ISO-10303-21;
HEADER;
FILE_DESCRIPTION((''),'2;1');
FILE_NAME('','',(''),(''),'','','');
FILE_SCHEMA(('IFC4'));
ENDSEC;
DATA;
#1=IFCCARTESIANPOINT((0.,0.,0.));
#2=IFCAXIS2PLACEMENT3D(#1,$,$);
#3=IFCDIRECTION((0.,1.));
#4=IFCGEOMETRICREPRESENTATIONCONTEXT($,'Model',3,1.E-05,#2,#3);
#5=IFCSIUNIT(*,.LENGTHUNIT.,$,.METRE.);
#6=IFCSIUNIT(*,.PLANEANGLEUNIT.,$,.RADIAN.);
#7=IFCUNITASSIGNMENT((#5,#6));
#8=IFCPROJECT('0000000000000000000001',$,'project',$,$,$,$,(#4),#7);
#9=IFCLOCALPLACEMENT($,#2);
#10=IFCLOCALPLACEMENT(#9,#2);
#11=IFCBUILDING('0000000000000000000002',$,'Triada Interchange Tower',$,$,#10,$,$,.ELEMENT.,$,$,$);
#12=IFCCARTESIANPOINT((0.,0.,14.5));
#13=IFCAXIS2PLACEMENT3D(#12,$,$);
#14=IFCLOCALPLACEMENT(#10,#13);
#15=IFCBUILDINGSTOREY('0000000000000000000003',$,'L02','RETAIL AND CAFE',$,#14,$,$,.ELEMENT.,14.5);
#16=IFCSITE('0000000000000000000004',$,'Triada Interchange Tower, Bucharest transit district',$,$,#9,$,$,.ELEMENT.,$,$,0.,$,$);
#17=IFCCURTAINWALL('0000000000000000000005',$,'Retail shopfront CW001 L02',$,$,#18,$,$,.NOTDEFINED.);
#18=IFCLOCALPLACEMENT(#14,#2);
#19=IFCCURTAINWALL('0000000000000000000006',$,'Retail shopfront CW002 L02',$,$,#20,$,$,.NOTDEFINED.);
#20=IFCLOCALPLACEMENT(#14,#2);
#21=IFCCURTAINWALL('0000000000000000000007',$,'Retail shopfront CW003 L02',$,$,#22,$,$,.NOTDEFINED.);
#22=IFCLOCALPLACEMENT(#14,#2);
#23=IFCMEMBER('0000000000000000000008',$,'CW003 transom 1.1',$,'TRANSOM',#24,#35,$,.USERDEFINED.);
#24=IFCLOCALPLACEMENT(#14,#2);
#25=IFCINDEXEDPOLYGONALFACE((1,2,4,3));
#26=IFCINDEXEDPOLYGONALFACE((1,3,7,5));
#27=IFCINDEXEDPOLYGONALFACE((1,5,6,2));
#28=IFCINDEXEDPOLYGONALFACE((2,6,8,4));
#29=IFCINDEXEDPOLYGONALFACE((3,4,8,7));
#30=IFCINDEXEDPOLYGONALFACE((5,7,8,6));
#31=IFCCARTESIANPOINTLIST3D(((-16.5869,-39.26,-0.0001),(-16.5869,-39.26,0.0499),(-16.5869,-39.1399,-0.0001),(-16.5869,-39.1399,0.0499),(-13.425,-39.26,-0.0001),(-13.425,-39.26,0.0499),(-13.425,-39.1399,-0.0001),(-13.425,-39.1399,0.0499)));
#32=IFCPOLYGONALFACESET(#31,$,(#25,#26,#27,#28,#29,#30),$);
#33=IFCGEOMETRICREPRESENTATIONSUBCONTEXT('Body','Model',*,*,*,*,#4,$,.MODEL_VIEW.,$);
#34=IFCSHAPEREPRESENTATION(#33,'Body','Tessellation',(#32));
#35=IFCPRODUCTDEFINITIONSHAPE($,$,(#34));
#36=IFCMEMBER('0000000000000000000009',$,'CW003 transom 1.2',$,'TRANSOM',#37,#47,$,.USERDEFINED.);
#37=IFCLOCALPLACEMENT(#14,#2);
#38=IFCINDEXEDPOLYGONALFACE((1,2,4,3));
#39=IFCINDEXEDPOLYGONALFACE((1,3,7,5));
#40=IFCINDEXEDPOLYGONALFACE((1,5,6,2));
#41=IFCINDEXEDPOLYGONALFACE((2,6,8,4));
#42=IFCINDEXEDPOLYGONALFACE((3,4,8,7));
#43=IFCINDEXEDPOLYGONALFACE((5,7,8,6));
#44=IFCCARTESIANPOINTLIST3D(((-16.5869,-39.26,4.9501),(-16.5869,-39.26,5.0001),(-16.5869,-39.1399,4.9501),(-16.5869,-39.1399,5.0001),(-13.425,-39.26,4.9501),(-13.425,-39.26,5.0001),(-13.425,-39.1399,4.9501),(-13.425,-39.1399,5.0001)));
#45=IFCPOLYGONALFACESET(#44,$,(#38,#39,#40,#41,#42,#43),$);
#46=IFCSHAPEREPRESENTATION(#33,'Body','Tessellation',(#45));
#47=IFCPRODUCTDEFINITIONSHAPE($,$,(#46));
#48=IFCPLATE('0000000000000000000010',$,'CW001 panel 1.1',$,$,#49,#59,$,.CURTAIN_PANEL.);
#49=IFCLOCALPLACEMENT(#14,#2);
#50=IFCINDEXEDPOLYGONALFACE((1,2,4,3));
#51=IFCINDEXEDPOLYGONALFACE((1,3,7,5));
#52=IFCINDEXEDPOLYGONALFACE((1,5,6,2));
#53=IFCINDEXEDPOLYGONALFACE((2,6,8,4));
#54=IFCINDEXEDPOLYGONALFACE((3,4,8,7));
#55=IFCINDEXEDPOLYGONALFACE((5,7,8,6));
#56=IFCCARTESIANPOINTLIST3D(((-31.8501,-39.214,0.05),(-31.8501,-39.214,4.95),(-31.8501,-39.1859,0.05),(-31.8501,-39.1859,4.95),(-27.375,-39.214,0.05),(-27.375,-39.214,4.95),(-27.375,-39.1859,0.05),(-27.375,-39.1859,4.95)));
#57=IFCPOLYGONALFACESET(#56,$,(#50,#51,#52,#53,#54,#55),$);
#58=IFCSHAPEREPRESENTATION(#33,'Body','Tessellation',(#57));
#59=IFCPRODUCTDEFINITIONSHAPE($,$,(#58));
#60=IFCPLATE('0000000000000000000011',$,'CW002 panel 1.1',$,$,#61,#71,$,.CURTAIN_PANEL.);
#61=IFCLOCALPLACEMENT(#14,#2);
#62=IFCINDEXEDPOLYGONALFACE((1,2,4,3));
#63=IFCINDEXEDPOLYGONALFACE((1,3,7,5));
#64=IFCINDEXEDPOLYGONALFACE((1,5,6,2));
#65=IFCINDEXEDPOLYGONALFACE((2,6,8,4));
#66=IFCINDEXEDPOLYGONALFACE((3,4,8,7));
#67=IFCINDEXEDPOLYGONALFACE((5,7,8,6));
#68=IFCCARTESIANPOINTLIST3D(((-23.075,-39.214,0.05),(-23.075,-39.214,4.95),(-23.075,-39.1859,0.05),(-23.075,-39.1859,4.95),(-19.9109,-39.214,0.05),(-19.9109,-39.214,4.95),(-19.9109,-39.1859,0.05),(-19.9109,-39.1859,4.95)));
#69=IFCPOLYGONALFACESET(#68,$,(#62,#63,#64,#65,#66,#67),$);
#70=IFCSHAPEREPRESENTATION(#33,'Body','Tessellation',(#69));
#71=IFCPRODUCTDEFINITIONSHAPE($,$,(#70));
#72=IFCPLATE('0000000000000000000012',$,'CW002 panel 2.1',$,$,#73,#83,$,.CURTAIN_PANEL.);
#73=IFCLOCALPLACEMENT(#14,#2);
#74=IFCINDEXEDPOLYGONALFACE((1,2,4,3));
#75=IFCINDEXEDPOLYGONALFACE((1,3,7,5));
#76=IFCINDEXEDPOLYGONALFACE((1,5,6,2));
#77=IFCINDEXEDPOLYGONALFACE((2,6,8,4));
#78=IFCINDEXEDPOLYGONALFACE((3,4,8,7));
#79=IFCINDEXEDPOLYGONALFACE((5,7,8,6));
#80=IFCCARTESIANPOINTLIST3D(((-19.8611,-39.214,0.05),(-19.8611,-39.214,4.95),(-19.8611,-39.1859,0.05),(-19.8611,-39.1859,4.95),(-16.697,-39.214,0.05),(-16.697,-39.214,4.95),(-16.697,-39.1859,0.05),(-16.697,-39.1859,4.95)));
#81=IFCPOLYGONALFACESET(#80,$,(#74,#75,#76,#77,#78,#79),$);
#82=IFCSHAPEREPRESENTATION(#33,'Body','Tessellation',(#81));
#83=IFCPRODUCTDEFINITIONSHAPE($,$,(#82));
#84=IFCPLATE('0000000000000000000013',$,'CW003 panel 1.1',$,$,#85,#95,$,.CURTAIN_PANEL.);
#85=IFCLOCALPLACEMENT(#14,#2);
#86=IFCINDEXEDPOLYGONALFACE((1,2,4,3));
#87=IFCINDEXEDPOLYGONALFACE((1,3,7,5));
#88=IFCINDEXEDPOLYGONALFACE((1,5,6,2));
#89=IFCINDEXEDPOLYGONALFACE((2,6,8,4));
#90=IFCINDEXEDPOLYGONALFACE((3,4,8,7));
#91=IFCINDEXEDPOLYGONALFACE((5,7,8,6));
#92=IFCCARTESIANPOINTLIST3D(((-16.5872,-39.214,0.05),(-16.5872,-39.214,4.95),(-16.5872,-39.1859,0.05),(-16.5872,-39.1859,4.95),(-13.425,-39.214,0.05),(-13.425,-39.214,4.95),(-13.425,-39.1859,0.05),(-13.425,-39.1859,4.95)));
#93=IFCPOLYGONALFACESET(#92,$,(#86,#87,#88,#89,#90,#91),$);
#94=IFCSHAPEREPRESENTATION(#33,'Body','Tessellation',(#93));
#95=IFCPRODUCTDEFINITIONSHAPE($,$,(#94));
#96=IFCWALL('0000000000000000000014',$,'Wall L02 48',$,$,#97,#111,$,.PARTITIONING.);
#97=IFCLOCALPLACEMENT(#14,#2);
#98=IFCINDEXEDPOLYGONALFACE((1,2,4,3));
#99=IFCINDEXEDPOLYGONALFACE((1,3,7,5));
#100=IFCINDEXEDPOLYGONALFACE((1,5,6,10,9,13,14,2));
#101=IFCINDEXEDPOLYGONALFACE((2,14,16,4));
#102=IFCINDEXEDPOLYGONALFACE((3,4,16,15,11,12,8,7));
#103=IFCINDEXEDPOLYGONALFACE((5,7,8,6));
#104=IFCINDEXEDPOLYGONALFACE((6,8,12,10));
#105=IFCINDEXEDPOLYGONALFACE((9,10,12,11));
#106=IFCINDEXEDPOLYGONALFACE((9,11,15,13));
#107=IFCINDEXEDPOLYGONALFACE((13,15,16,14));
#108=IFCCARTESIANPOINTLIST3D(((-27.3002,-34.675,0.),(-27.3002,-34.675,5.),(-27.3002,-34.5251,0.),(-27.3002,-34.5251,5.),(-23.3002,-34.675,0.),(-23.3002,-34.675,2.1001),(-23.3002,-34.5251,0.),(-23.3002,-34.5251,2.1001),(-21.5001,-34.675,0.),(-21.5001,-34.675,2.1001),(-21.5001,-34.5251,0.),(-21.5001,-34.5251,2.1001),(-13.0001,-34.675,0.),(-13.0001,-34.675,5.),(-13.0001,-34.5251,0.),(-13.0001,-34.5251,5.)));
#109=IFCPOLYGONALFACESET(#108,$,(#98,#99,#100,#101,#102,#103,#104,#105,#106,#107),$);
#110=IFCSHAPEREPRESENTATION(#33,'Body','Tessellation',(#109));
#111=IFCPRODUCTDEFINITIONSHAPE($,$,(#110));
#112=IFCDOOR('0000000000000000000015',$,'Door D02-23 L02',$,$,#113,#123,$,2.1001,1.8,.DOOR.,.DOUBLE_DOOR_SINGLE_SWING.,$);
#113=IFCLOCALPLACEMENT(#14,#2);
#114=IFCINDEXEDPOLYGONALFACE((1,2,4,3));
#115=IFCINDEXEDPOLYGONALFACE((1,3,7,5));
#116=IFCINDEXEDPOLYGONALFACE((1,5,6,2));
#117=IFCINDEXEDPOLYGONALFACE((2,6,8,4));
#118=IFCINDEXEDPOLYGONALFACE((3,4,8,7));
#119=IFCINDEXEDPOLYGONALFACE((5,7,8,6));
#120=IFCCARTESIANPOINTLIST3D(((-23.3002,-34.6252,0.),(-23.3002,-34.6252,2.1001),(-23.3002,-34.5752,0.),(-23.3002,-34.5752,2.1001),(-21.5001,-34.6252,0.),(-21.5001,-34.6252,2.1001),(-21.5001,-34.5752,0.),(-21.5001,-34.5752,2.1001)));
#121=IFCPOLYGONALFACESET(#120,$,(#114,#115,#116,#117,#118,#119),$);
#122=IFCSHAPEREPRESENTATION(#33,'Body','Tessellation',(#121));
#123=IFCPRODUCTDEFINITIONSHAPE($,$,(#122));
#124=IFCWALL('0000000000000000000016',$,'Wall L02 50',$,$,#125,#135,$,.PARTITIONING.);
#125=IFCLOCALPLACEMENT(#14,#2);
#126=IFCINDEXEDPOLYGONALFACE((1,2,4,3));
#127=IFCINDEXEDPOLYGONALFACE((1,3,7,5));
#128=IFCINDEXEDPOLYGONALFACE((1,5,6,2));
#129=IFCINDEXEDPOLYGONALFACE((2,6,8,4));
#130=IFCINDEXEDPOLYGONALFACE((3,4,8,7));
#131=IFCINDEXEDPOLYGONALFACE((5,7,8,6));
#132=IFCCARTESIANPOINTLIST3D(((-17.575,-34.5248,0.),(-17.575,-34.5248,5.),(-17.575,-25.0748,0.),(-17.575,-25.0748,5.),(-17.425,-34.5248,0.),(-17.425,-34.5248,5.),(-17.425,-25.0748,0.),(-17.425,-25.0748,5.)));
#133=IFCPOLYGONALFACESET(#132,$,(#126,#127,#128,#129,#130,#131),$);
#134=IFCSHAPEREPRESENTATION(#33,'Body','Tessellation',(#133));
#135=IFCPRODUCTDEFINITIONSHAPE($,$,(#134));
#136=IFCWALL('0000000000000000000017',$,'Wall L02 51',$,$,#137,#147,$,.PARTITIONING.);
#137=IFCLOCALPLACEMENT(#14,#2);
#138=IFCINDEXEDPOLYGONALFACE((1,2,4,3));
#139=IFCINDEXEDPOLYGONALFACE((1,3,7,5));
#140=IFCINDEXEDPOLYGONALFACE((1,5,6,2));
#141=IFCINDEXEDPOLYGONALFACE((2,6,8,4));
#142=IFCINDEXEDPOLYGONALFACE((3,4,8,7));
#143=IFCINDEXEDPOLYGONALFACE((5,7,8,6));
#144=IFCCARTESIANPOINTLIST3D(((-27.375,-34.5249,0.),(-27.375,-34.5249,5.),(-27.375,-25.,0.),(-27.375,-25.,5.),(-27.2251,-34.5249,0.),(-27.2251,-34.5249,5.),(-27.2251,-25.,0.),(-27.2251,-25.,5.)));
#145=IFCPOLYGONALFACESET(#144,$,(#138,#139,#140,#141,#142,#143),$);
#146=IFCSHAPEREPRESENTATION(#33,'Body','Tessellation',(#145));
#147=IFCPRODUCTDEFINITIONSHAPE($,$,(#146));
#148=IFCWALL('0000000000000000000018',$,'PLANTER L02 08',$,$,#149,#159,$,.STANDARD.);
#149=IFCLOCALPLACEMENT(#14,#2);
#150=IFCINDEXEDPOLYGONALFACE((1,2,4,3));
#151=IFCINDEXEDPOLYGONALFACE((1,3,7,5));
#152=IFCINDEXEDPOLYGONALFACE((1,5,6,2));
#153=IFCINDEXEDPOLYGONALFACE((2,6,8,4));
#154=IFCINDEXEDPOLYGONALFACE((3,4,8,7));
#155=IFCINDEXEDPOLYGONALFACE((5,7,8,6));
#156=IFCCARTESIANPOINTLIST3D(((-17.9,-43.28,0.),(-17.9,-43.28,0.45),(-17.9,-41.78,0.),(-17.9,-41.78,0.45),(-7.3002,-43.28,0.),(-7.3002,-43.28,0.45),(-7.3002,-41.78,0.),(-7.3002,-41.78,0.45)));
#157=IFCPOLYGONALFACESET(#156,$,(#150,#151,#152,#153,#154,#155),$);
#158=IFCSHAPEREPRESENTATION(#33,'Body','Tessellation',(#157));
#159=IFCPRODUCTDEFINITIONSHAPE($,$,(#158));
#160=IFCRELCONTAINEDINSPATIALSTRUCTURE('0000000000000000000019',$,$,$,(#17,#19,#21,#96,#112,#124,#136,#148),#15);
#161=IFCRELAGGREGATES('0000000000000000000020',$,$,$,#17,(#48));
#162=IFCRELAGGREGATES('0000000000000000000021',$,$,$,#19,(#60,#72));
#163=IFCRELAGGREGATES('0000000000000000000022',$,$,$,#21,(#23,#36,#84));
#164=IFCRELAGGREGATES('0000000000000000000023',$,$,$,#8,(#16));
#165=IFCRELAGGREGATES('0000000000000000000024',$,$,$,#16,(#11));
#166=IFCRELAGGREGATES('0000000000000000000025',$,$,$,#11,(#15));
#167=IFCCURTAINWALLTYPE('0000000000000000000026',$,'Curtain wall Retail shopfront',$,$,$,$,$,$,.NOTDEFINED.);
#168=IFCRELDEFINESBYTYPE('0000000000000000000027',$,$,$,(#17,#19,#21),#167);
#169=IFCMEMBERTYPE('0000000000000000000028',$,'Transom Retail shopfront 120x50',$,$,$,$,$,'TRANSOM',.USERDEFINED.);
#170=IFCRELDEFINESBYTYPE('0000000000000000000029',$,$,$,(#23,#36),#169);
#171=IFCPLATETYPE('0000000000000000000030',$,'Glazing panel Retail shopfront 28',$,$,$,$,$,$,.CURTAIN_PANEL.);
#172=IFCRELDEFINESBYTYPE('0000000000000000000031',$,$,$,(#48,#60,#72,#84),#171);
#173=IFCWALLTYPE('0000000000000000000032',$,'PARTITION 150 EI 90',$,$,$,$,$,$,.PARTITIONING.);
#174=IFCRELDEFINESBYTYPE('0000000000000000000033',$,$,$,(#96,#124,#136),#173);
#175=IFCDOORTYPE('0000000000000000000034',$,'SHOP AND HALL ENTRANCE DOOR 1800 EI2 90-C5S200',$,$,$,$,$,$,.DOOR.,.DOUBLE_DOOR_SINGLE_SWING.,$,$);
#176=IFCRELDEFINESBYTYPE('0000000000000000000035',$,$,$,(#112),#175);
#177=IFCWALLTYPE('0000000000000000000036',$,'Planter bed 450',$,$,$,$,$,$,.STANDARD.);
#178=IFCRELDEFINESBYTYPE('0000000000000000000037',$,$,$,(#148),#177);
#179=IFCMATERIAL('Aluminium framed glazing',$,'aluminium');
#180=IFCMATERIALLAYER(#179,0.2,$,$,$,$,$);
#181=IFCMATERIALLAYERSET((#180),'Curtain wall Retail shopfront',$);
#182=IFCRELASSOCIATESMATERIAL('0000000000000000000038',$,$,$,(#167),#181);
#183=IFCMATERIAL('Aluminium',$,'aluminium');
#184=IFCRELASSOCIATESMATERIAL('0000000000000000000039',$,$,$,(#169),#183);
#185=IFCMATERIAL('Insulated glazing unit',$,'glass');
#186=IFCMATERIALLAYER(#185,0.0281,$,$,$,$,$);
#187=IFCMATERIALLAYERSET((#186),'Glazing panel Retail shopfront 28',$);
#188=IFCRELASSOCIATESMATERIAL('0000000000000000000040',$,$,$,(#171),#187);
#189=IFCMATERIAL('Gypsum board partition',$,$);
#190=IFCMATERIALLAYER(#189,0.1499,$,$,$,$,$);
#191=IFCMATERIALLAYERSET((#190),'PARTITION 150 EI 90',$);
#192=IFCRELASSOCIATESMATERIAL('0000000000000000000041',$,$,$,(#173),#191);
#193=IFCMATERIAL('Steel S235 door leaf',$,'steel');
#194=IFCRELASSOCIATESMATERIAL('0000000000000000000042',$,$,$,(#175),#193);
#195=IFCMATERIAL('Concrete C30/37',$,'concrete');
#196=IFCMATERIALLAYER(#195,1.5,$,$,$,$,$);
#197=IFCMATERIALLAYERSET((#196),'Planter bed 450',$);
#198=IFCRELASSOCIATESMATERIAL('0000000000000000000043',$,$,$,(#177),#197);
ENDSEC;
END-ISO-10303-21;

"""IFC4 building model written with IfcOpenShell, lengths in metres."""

from ifc_helpers import new_model, si_unit, direction, frame, frame_2d, origin, origin_2d, place, context, subcontext, project, spatial, rectangle, extrude, material, layer, layer_set, material_profile, profile_set, type_object, element, fill, aggregate, save


model = new_model("IFC4")

# Units and contexts
model_context = context("Model", 3, precision=1e-05, world=origin(), true_north=direction((0.0, 1.0)))
body_context = subcontext(model_context, "Body", "Model", "MODEL_VIEW")
ifc_project = project(units=[si_unit("LENGTHUNIT", "METRE"), si_unit("PLANEANGLEUNIT", "RADIAN")], contexts=[model_context])

# Site, building, storey
site_placement = place(None, origin())
site = spatial("IfcSite", under=ifc_project, at=site_placement, Name="Triada Interchange Tower, Bucharest transit district", CompositionType="ELEMENT", RefElevation=0.0)
building_placement = place(site_placement, origin())
building = spatial("IfcBuilding", under=site, at=building_placement, Name="Triada Interchange Tower", CompositionType="ELEMENT")
storey_placement = place(building_placement, frame((0.0, 0.0, 14.5)))
storey = spatial("IfcBuildingStorey", under=building, at=storey_placement, Name="L02", Description="RETAIL AND CAFE", CompositionType="ELEMENT", Elevation=14.5)

# Curtain wall
ifc_material_1 = material(Name="Aluminium framed glazing", Category="aluminium")
ifc_layer_1 = layer(ifc_material_1, 0.2)
ifc_layer_set_1 = layer_set([ifc_layer_1], Name="Curtain wall Retail shopfront")
curtain_wall_type = type_object("IfcCurtainWallType", Name="Curtain wall Retail shopfront", PredefinedType="NOTDEFINED", material=ifc_layer_set_1)
curtain_wall_1_placement = place(storey_placement, origin())
curtain_wall_1 = element("IfcCurtainWall", 1, at=curtain_wall_1_placement, inside=storey, type_object=curtain_wall_type, Name="Retail shopfront CW001 L02", PredefinedType="NOTDEFINED")
ifc_material_2 = material(Name="Aluminium", Category="aluminium")

# Curtain walls
curtain_wall_2_placement = place(storey_placement, origin())
curtain_wall_2 = element("IfcCurtainWall", 2, at=curtain_wall_2_placement, inside=storey, type_object=curtain_wall_type, Name="Retail shopfront CW002 L02", PredefinedType="NOTDEFINED")
curtain_wall_3_placement = place(storey_placement, origin())
curtain_wall_3 = element("IfcCurtainWall", 3, at=curtain_wall_3_placement, inside=storey, type_object=curtain_wall_type, Name="Retail shopfront CW003 L02", PredefinedType="NOTDEFINED")

# Members
ifc_material_profile_1 = material_profile(ifc_material_2, rectangle(XDim=0.1201, YDim=0.05, at=origin_2d()), Name="Aluminium transom")
ifc_profile_set_1 = profile_set([ifc_material_profile_1], Name="Aluminium")
member_type_1 = type_object("IfcMemberType", Name="Transom Retail shopfront 120x50", ElementType="TRANSOM", PredefinedType="USERDEFINED", material=ifc_profile_set_1)
member_1_placement = place(storey_placement, frame((-16.5869, -39.2, 0.0249), z_axis=(1.0, 0.0, 0.0), x_axis=(0.0, 1.0, 0.0)))
member_1 = element("IfcMember", 4, at=member_1_placement, type_object=member_type_1, Name="CW003 transom 1.1", ObjectType="TRANSOM", PredefinedType="USERDEFINED", context=body_context, shape_type="SweptSolid", body=[
    extrude(rectangle(XDim=0.1201, YDim=0.05, at=origin_2d()), origin(), (0.0, 0.0, 1.0), 3.1619),
])
member_2_placement = place(storey_placement, frame((-16.5869, -39.2, 4.9751), z_axis=(1.0, 0.0, 0.0), x_axis=(0.0, 1.0, 0.0)))
member_2 = element("IfcMember", 5, at=member_2_placement, type_object=member_type_1, Name="CW003 transom 1.2", ObjectType="TRANSOM", PredefinedType="USERDEFINED", context=body_context, shape_type="SweptSolid", body=[
    extrude(rectangle(XDim=0.1201, YDim=0.05, at=origin_2d()), origin(), (0.0, 0.0, 1.0), 3.1619),
])

# Plates
ifc_material_3 = material(Name="Insulated glazing unit", Category="glass")
ifc_layer_2 = layer(ifc_material_3, 0.0281)
ifc_layer_set_2 = layer_set([ifc_layer_2], Name="Glazing panel Retail shopfront 28")
plate_type = type_object("IfcPlateType", Name="Glazing panel Retail shopfront 28", PredefinedType="CURTAIN_PANEL", material=ifc_layer_set_2)
plate_1_placement = place(storey_placement, frame((-29.6125, -39.2, 0.05), z_axis=(0.0, 0.0, 1.0), x_axis=(1.0, 0.0, 0.0)))
plate_1 = element("IfcPlate", 6, at=plate_1_placement, type_object=plate_type, Name="CW001 panel 1.1", PredefinedType="CURTAIN_PANEL", context=body_context, shape_type="SweptSolid", body=[
    extrude(rectangle(XDim=4.4751, YDim=0.0281, at=origin_2d()), origin(), (0.0, 0.0, 1.0), 4.8999),
])
aggregate(curtain_wall_1, [plate_1])
plate_2_placement = place(storey_placement, frame((-21.4929, -39.2, 0.05), z_axis=(0.0, 0.0, 1.0), x_axis=(1.0, 0.0, 0.0)))
plate_2 = element("IfcPlate", 7, at=plate_2_placement, type_object=plate_type, Name="CW002 panel 1.1", PredefinedType="CURTAIN_PANEL", context=body_context, shape_type="SweptSolid", body=[
    extrude(rectangle(XDim=3.1641, YDim=0.0281, at=origin_2d()), origin(), (0.0, 0.0, 1.0), 4.8999),
])
plate_3_placement = place(storey_placement, frame((-18.2791, -39.2, 0.05), z_axis=(0.0, 0.0, 1.0), x_axis=(1.0, 0.0, 0.0)))
plate_3 = element("IfcPlate", 8, at=plate_3_placement, type_object=plate_type, Name="CW002 panel 2.1", PredefinedType="CURTAIN_PANEL", context=body_context, shape_type="SweptSolid", body=[
    extrude(rectangle(XDim=3.1641, YDim=0.0281, at=origin_2d()), origin(), (0.0, 0.0, 1.0), 4.8999),
])
aggregate(curtain_wall_2, [plate_2, plate_3])
plate_4_placement = place(storey_placement, frame((-15.0061, -39.2, 0.05), z_axis=(0.0, 0.0, 1.0), x_axis=(1.0, 0.0, 0.0)))
plate_4 = element("IfcPlate", 9, at=plate_4_placement, type_object=plate_type, Name="CW003 panel 1.1", PredefinedType="CURTAIN_PANEL", context=body_context, shape_type="SweptSolid", body=[
    extrude(rectangle(XDim=3.1621, YDim=0.0281, at=origin_2d()), origin(), (0.0, 0.0, 1.0), 4.8999),
])
aggregate(curtain_wall_3, [member_1, member_2, plate_4])

# Wall, opening, door
ifc_material_4 = material(Name="Gypsum board partition")
ifc_layer_3 = layer(ifc_material_4, 0.1499)
ifc_layer_set_3 = layer_set([ifc_layer_3], Name="PARTITION 150 EI 90")
wall_type_1 = type_object("IfcWallType", Name="PARTITION 150 EI 90", PredefinedType="PARTITIONING", material=ifc_layer_set_3)
wall_1_placement = place(storey_placement, frame((-27.3, -34.6001, 0.0), z_axis=(0.0, 0.0, 1.0), x_axis=(1.0, 0.0, 0.0)))
wall_1 = element("IfcWall", 10, at=wall_1_placement, inside=storey, type_object=wall_type_1, Name="Wall L02 48", PredefinedType="PARTITIONING", context=body_context, shape_type="SweptSolid", body=[
    extrude(rectangle(XDim=14.3, YDim=0.1499, at=frame_2d((7.1499, 0.0))), origin(), (0.0, 0.0, 1.0), 5.0),
])
opening_1_placement = place(wall_1_placement, frame((4.0, 0.0, 0.0)))
opening_1 = element("IfcOpeningElement", 11, at=opening_1_placement, cuts=wall_1, PredefinedType="OPENING", context=body_context, shape_type="SweptSolid", body=[
    extrude(rectangle(XDim=1.8, YDim=2.1001, at=frame_2d((0.8999, 1.05))), frame((0.0, 0.085, 0.0), z_axis=(0.0, -1.0, 0.0), x_axis=(1.0, 0.0, 0.0)), (0.0, 0.0, 1.0), 0.1699),
])
ifc_material_5 = material(Name="Steel S235 door leaf", Category="steel")
door_type_1 = type_object("IfcDoorType", Name="SHOP AND HALL ENTRANCE DOOR 1800 EI2 90-C5S200", OperationType="DOUBLE_DOOR_SINGLE_SWING", PredefinedType="DOOR", material=ifc_material_5)
door_1_placement = place(opening_1_placement, origin())
door_1 = element("IfcDoor", 12, at=door_1_placement, inside=storey, type_object=door_type_1, Name="Door D02-23 L02", OperationType="DOUBLE_DOOR_SINGLE_SWING", OverallHeight=2.1001, OverallWidth=1.8, PredefinedType="DOOR", context=body_context, shape_type="SweptSolid", body=[
    extrude(rectangle(XDim=1.8, YDim=2.1001, at=frame_2d((0.8999, 1.05))), frame((0.0, 0.0249, 0.0), z_axis=(0.0, -1.0, 0.0), x_axis=(1.0, 0.0, 0.0)), (0.0, 0.0, 1.0), 0.05),
])
fill(opening_1, door_1)

# Walls
wall_2_placement = place(storey_placement, frame((-17.5, -34.5249, 0.0), z_axis=(0.0, 0.0, 1.0), x_axis=(0.0, 1.0, 0.0)))
element("IfcWall", 13, at=wall_2_placement, inside=storey, type_object=wall_type_1, Name="Wall L02 50", PredefinedType="PARTITIONING", context=body_context, shape_type="SweptSolid", body=[
    extrude(rectangle(XDim=9.45, YDim=0.1499, at=frame_2d((4.7251, 0.0))), origin(), (0.0, 0.0, 1.0), 5.0),
])
wall_3_placement = place(storey_placement, frame((-27.3, -34.5249, 0.0), z_axis=(0.0, 0.0, 1.0), x_axis=(0.0, 1.0, 0.0)))
element("IfcWall", 14, at=wall_3_placement, inside=storey, type_object=wall_type_1, Name="Wall L02 51", PredefinedType="PARTITIONING", context=body_context, shape_type="SweptSolid", body=[
    extrude(rectangle(XDim=9.5249, YDim=0.1499, at=frame_2d((4.7625, 0.0))), origin(), (0.0, 0.0, 1.0), 5.0),
])
ifc_material_6 = material(Name="Concrete C30/37", Category="concrete")
ifc_layer_4 = layer(ifc_material_6, 1.5)
ifc_layer_set_4 = layer_set([ifc_layer_4], Name="Planter bed 450")
wall_type_2 = type_object("IfcWallType", Name="Planter bed 450", PredefinedType="STANDARD", material=ifc_layer_set_4)
wall_4_placement = place(storey_placement, frame((-17.8999, -42.53, 0.0), z_axis=(0.0, 0.0, 1.0), x_axis=(1.0, 0.0, 0.0)))
element("IfcWall", 15, at=wall_4_placement, inside=storey, type_object=wall_type_2, Name="PLANTER L02 08", PredefinedType="STANDARD", context=body_context, shape_type="SweptSolid", body=[
    extrude(rectangle(XDim=10.5999, YDim=1.5, at=frame_2d((5.2998, 0.0))), origin(), (0.0, 0.0, 1.0), 0.45),
])

save(model, "model.ifc")
